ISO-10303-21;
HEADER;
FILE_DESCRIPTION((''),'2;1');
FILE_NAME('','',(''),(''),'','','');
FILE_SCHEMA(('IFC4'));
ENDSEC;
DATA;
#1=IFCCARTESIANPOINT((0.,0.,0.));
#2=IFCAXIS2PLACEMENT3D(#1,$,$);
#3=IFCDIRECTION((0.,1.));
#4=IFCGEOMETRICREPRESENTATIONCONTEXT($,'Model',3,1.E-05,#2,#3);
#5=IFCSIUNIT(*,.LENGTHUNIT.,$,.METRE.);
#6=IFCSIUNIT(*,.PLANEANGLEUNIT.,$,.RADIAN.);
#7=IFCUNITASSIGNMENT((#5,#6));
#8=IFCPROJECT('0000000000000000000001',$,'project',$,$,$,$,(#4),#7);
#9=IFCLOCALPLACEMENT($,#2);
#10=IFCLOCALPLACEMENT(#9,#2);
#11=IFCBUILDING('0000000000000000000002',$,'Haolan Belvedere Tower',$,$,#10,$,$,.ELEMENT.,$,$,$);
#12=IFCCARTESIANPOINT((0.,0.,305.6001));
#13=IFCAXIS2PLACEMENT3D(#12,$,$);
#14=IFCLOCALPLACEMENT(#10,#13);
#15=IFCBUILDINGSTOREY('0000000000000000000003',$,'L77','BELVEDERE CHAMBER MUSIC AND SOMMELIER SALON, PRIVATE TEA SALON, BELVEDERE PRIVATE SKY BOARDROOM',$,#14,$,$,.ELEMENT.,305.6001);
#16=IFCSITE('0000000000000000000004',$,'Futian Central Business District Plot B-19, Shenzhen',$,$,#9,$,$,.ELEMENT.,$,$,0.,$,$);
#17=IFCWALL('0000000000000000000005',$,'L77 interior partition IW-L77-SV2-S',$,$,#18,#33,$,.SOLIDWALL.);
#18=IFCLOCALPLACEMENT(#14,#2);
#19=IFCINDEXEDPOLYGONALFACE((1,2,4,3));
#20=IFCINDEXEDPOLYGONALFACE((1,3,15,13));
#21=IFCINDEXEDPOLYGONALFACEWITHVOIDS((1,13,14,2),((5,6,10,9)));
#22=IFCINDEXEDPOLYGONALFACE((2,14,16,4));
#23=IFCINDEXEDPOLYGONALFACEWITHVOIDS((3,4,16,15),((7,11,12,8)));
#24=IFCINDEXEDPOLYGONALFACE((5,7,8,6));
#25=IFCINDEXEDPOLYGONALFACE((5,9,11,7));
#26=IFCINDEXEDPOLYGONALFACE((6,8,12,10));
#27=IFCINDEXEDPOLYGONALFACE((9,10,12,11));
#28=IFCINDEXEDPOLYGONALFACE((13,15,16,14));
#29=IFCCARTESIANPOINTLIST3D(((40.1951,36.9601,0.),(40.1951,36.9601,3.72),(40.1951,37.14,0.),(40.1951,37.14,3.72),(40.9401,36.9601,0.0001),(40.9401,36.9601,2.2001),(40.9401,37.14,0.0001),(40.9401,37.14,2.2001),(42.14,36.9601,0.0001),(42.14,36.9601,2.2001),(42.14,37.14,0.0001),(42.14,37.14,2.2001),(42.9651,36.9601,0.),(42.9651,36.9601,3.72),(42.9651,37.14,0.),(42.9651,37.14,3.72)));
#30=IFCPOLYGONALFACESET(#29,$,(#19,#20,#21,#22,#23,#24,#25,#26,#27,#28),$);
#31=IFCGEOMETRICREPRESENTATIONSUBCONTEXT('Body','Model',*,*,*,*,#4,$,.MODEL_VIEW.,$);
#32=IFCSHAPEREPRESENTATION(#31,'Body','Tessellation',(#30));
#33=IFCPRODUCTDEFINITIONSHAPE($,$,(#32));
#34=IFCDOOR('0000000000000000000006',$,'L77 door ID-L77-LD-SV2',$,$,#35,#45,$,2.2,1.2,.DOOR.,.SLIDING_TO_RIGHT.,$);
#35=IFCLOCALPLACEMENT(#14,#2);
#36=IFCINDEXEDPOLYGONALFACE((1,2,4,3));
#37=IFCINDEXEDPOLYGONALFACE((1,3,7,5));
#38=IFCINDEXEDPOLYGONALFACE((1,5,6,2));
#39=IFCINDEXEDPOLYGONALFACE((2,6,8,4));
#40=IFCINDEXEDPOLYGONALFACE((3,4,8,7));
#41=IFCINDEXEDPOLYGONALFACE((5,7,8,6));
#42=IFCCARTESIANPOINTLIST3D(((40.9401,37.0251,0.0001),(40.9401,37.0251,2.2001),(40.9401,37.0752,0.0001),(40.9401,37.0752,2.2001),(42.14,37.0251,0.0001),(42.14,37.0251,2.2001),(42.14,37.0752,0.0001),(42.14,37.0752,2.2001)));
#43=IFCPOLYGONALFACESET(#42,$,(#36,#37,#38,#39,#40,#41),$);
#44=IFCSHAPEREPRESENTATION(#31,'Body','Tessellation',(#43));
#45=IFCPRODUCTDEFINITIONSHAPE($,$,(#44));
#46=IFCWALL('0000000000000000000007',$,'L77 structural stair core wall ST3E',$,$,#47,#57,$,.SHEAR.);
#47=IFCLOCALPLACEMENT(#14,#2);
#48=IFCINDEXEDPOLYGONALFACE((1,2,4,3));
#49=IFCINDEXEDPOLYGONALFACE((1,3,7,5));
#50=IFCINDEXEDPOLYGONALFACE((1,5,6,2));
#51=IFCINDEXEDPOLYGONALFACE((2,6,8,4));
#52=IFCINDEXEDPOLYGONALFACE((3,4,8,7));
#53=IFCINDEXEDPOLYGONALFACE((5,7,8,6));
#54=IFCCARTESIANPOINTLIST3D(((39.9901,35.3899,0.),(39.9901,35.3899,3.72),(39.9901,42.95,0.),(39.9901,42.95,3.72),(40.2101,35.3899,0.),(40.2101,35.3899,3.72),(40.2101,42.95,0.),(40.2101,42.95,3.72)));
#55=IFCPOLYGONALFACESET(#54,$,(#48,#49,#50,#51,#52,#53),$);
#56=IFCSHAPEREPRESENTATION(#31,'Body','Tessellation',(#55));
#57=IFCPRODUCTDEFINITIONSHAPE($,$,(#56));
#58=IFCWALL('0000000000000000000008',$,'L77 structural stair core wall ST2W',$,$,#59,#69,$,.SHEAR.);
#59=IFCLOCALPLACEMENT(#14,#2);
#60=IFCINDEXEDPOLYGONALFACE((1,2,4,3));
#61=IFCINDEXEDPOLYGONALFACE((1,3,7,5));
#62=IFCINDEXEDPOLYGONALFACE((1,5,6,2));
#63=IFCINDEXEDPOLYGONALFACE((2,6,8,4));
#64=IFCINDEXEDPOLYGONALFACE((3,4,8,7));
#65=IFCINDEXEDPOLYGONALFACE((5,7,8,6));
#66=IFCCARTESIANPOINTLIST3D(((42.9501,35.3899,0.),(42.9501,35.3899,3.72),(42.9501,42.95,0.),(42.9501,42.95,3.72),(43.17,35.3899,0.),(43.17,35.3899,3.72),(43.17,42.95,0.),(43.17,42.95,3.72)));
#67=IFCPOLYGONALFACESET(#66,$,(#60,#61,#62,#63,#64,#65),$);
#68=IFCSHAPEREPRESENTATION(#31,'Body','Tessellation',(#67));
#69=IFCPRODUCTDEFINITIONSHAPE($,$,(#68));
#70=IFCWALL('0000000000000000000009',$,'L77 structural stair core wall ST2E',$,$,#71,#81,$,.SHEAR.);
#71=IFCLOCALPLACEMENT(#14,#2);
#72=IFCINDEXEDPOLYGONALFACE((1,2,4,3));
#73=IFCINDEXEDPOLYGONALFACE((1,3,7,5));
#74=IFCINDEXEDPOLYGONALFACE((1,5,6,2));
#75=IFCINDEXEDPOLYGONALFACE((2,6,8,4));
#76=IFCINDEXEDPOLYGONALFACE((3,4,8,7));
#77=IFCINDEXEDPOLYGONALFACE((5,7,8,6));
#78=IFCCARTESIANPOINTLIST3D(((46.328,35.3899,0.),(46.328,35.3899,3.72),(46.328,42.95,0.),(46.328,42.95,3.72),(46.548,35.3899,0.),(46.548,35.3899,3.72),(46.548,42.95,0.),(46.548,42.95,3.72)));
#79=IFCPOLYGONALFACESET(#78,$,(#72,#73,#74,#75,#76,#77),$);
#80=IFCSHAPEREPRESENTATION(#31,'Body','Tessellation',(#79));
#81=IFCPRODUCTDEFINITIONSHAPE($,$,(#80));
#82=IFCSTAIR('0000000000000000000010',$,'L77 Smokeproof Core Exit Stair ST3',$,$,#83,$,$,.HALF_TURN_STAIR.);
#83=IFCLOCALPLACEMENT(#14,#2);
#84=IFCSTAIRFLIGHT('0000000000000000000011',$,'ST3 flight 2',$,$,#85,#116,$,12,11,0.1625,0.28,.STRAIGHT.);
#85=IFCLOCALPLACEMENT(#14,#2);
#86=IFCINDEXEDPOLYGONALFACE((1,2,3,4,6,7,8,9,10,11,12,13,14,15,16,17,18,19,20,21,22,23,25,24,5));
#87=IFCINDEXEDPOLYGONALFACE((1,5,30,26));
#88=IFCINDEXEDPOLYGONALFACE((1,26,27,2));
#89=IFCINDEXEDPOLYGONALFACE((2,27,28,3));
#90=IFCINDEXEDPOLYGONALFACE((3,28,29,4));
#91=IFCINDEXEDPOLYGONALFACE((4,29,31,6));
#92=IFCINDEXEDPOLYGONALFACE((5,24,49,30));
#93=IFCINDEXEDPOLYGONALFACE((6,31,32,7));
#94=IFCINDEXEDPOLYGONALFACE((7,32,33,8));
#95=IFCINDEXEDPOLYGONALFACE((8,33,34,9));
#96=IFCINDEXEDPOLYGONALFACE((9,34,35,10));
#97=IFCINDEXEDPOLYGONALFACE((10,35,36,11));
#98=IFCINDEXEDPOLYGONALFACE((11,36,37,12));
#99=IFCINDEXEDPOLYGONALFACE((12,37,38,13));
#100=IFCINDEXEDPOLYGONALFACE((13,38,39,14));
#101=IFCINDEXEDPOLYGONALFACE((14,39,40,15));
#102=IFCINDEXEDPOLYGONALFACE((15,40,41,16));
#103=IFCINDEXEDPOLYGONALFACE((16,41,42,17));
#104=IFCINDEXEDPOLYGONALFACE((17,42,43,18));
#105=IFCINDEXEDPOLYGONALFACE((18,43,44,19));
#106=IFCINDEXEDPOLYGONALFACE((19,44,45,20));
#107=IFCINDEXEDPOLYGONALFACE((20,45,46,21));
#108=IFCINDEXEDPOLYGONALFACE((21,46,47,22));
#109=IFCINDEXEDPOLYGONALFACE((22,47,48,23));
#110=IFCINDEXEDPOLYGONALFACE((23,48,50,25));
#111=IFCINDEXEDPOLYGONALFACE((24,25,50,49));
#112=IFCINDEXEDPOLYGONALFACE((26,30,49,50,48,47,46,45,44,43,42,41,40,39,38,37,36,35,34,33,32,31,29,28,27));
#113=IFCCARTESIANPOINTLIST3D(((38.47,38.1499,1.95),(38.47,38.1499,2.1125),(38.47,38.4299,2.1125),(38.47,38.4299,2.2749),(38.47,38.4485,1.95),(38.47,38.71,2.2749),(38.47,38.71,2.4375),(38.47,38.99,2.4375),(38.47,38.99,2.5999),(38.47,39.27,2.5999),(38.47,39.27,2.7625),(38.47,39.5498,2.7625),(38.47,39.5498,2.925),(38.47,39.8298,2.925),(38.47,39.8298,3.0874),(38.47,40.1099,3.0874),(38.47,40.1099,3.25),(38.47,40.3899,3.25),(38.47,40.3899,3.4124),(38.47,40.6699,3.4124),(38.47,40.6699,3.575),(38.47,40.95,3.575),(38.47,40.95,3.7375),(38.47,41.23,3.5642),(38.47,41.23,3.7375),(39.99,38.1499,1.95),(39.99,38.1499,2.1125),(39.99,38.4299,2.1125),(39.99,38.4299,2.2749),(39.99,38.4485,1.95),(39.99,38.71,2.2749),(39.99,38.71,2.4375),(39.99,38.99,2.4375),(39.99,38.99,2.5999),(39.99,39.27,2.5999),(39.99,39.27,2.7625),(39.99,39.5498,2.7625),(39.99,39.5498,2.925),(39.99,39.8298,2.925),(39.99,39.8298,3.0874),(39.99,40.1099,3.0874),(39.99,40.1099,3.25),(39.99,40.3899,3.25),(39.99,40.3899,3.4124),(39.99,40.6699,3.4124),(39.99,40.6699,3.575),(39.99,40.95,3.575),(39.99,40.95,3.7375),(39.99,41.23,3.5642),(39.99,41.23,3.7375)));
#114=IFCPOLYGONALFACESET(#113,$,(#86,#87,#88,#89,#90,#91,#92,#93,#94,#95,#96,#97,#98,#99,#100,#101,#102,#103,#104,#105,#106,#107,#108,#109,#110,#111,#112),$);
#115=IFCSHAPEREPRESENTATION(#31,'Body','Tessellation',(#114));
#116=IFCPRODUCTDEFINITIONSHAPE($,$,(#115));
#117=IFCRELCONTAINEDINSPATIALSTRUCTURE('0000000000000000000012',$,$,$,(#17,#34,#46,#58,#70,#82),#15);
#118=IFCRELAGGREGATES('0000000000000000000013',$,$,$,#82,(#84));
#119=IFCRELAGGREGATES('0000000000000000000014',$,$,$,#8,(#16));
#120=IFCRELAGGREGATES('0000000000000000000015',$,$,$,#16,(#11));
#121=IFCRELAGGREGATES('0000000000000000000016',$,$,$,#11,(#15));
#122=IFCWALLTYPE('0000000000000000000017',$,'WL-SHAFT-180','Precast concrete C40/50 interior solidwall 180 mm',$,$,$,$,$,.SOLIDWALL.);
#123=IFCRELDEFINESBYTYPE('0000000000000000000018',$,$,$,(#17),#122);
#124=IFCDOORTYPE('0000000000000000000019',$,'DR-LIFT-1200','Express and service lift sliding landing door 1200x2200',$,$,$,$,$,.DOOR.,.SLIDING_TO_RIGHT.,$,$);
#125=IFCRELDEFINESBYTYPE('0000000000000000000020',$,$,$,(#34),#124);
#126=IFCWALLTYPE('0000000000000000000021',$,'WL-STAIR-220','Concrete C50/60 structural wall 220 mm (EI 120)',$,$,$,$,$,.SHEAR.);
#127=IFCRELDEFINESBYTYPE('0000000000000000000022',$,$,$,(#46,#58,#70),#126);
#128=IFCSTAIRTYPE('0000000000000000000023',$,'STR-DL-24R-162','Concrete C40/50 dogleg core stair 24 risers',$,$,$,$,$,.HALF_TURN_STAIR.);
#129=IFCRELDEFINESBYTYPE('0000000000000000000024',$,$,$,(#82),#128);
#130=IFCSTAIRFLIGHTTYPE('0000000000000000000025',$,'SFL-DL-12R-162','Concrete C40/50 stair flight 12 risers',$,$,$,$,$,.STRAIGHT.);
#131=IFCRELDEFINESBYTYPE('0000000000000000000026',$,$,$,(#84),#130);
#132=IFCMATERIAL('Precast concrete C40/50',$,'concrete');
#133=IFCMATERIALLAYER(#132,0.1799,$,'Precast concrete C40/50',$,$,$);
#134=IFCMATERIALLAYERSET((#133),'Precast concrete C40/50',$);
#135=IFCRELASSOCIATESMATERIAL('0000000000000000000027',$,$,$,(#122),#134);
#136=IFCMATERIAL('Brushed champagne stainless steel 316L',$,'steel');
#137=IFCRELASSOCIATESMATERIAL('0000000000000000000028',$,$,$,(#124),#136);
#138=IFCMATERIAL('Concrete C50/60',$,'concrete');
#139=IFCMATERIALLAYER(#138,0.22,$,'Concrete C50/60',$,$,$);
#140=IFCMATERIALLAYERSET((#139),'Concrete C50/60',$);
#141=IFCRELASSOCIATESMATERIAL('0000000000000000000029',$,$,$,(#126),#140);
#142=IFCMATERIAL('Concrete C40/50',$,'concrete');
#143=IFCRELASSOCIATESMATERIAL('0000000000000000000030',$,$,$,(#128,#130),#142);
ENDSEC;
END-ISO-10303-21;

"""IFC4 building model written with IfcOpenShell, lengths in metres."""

from ifc_helpers import new_model, si_unit, direction, frame, frame_2d, origin, place, context, subcontext, project, spatial, polyline, rectangle, outline, extrude, material, layer, layer_set, type_object, element, fill, aggregate, save


model = new_model("IFC4")

# Units and contexts
model_context = context("Model", 3, precision=1e-05, world=origin(), true_north=direction((0.0, 1.0)))
body_context = subcontext(model_context, "Body", "Model", "MODEL_VIEW")
ifc_project = project(units=[si_unit("LENGTHUNIT", "METRE"), si_unit("PLANEANGLEUNIT", "RADIAN")], contexts=[model_context])

# Site, building, storey
site_placement = place(None, origin())
site = spatial("IfcSite", under=ifc_project, at=site_placement, Name="Futian Central Business District Plot B-19, Shenzhen", CompositionType="ELEMENT", RefElevation=0.0)
building_placement = place(site_placement, origin())
building = spatial("IfcBuilding", under=site, at=building_placement, Name="Haolan Belvedere Tower", CompositionType="ELEMENT")
storey_placement = place(building_placement, frame((0.0, 0.0, 305.6001)))
storey = spatial("IfcBuildingStorey", under=building, at=storey_placement, Name="L77", Description="BELVEDERE CHAMBER MUSIC AND SOMMELIER SALON, PRIVATE TEA SALON, BELVEDERE PRIVATE SKY BOARDROOM", CompositionType="ELEMENT", Elevation=305.6001)

# Shared definitions
ifc_material_1 = material(Name="Concrete C50/60", Category="concrete")

# Shared definitions
ifc_material_2 = material(Name="Precast concrete C40/50", Category="concrete")

# Shared definitions
ifc_material_3 = material(Name="Brushed champagne stainless steel 316L", Category="steel")

# Wall, opening, door
ifc_layer_1 = layer(ifc_material_2, 0.1799, Name="Precast concrete C40/50")
ifc_layer_set_1 = layer_set([ifc_layer_1], Name="Precast concrete C40/50")
wall_type_1 = type_object("IfcWallType", Name="WL-SHAFT-180", Description="Precast concrete C40/50 interior solidwall 180 mm", PredefinedType="SOLIDWALL", material=ifc_layer_set_1)
wall_1_placement = place(storey_placement, frame((40.1951, 37.05, 0.0), z_axis=(0.0, 0.0, 1.0), x_axis=(1.0, 0.0, 0.0)))
wall_1 = element("IfcWall", 1, at=wall_1_placement, inside=storey, type_object=wall_type_1, Name="L77 interior partition IW-L77-SV2-S", PredefinedType="SOLIDWALL", context=body_context, shape_type="SweptSolid", body=[
    extrude(rectangle(XDim=2.77, YDim=0.1799, at=frame_2d((1.385, 0.0))), origin(), (0.0, 0.0, 1.0), 3.72),
])
opening_1_placement = place(wall_1_placement, frame((1.9451, 0.0, 0.0), z_axis=(0.0, 0.0, 1.0), x_axis=(-1.0, 0.0, 0.0)))
opening_1 = element("IfcOpeningElement", 2, at=opening_1_placement, cuts=wall_1, PredefinedType="OPENING", context=body_context, shape_type="SweptSolid", body=[
    extrude(rectangle(XDim=1.2, YDim=2.2, at=frame_2d((0.6001, 1.1001))), frame((0.0, 0.0999, 0.0), z_axis=(0.0, -1.0, 0.0), x_axis=(1.0, 0.0, 0.0)), (0.0, 0.0, 1.0), 0.2),
])
door_type_1 = type_object("IfcDoorType", Name="DR-LIFT-1200", Description="Express and service lift sliding landing door 1200x2200", OperationType="SLIDING_TO_RIGHT", PredefinedType="DOOR", material=ifc_material_3)
door_1_placement = place(opening_1_placement, origin())
door_1 = element("IfcDoor", 3, at=door_1_placement, inside=storey, type_object=door_type_1, Name="L77 door ID-L77-LD-SV2", OperationType="SLIDING_TO_RIGHT", OverallHeight=2.2, OverallWidth=1.2, PredefinedType="DOOR", context=body_context, shape_type="SweptSolid", body=[
    extrude(rectangle(XDim=1.2, YDim=2.2, at=frame_2d((0.6001, 1.1001))), frame((0.0, 0.0249, 0.0), z_axis=(0.0, -1.0, 0.0), x_axis=(1.0, 0.0, 0.0)), (0.0, 0.0, 1.0), 0.05),
])
fill(opening_1, door_1)

# Walls
ifc_layer_2 = layer(ifc_material_1, 0.22, Name="Concrete C50/60")
ifc_layer_set_2 = layer_set([ifc_layer_2], Name="Concrete C50/60")
wall_type_2 = type_object("IfcWallType", Name="WL-STAIR-220", Description="Concrete C50/60 structural wall 220 mm (EI 120)", PredefinedType="SHEAR", material=ifc_layer_set_2)
for number, where, z_axis, x_axis, name in (
    (4, (40.1001, 35.3899, 0.0), (0.0, 0.0, 1.0), (0.0, 1.0, 0.0), "L77 structural stair core wall ST3E"),
    (5, (43.0601, 35.3899, 0.0), (0.0, 0.0, 1.0), (0.0, 1.0, 0.0), "L77 structural stair core wall ST2W"),
    (6, (46.438, 35.3899, 0.0), (0.0, 0.0, 1.0), (0.0, 1.0, 0.0), "L77 structural stair core wall ST2E"),
):
    element("IfcWall", number, at=place(storey_placement, frame(where, z_axis=z_axis, x_axis=x_axis)), inside=storey, type_object=wall_type_2, Name=name, PredefinedType="SHEAR", context=body_context, shape_type="SweptSolid", body=[
        extrude(rectangle(XDim=7.5601, YDim=0.22, at=frame_2d((3.78, 0.0))), origin(), (0.0, 0.0, 1.0), 3.72),
    ])

# Stair, stair flight
ifc_material_4 = material(Name="Concrete C40/50", Category="concrete")
stair_type = type_object("IfcStairType", Name="STR-DL-24R-162", Description="Concrete C40/50 dogleg core stair 24 risers", PredefinedType="HALF_TURN_STAIR", material=ifc_material_4)
stair_placement = place(storey_placement, origin())
stair = element("IfcStair", 7, at=stair_placement, inside=storey, type_object=stair_type, Name="L77 Smokeproof Core Exit Stair ST3", PredefinedType="HALF_TURN_STAIR")
stair_flight_type = type_object("IfcStairFlightType", Name="SFL-DL-12R-162", Description="Concrete C40/50 stair flight 12 risers", PredefinedType="STRAIGHT", material=ifc_material_4)
stair_flight_placement = place(storey_placement, frame((39.23, 38.1499, 1.95), z_axis=(0.0, 0.0, 1.0), x_axis=(0.0, 1.0, 0.0)))
stair_flight = element("IfcStairFlight", 8, at=stair_flight_placement, type_object=stair_flight_type, Name="ST3 flight 2", NumberOfRisers=12, NumberOfTreads=11, PredefinedType="STRAIGHT", RiserHeight=0.1625, TreadLength=0.28, context=body_context, shape_type="SweptSolid", body=[
    extrude(outline(polyline([(0.0, 0.0), (0.0, 0.1626), (0.28, 0.1626), (0.28, 0.325), (0.5601, 0.325), (0.5601, 0.4875), (0.8401, 0.4875), (0.8401, 0.6499), (1.1201, 0.6499), (1.1201, 0.8125), (1.3999, 0.8125), (1.3999, 0.9751), (1.6799, 0.9751), (1.6799, 1.1375), (1.96, 1.1375), (1.96, 1.3), (2.24, 1.3), (2.24, 1.4624), (2.52, 1.4624), (2.52, 1.625), (2.8, 1.625), (2.8, 1.7876), (3.0801, 1.7876), (3.0801, 1.95), (3.0801, 1.6143), (0.2986, 0.0), (0.0, 0.0)])), frame((0.0, 0.76, 0.0), z_axis=(0.0, -1.0, 0.0), x_axis=(1.0, 0.0, 0.0)), (0.0, 0.0, 1.0), 1.52),
])
aggregate(stair, [stair_flight])

save(model, "model.ifc")
